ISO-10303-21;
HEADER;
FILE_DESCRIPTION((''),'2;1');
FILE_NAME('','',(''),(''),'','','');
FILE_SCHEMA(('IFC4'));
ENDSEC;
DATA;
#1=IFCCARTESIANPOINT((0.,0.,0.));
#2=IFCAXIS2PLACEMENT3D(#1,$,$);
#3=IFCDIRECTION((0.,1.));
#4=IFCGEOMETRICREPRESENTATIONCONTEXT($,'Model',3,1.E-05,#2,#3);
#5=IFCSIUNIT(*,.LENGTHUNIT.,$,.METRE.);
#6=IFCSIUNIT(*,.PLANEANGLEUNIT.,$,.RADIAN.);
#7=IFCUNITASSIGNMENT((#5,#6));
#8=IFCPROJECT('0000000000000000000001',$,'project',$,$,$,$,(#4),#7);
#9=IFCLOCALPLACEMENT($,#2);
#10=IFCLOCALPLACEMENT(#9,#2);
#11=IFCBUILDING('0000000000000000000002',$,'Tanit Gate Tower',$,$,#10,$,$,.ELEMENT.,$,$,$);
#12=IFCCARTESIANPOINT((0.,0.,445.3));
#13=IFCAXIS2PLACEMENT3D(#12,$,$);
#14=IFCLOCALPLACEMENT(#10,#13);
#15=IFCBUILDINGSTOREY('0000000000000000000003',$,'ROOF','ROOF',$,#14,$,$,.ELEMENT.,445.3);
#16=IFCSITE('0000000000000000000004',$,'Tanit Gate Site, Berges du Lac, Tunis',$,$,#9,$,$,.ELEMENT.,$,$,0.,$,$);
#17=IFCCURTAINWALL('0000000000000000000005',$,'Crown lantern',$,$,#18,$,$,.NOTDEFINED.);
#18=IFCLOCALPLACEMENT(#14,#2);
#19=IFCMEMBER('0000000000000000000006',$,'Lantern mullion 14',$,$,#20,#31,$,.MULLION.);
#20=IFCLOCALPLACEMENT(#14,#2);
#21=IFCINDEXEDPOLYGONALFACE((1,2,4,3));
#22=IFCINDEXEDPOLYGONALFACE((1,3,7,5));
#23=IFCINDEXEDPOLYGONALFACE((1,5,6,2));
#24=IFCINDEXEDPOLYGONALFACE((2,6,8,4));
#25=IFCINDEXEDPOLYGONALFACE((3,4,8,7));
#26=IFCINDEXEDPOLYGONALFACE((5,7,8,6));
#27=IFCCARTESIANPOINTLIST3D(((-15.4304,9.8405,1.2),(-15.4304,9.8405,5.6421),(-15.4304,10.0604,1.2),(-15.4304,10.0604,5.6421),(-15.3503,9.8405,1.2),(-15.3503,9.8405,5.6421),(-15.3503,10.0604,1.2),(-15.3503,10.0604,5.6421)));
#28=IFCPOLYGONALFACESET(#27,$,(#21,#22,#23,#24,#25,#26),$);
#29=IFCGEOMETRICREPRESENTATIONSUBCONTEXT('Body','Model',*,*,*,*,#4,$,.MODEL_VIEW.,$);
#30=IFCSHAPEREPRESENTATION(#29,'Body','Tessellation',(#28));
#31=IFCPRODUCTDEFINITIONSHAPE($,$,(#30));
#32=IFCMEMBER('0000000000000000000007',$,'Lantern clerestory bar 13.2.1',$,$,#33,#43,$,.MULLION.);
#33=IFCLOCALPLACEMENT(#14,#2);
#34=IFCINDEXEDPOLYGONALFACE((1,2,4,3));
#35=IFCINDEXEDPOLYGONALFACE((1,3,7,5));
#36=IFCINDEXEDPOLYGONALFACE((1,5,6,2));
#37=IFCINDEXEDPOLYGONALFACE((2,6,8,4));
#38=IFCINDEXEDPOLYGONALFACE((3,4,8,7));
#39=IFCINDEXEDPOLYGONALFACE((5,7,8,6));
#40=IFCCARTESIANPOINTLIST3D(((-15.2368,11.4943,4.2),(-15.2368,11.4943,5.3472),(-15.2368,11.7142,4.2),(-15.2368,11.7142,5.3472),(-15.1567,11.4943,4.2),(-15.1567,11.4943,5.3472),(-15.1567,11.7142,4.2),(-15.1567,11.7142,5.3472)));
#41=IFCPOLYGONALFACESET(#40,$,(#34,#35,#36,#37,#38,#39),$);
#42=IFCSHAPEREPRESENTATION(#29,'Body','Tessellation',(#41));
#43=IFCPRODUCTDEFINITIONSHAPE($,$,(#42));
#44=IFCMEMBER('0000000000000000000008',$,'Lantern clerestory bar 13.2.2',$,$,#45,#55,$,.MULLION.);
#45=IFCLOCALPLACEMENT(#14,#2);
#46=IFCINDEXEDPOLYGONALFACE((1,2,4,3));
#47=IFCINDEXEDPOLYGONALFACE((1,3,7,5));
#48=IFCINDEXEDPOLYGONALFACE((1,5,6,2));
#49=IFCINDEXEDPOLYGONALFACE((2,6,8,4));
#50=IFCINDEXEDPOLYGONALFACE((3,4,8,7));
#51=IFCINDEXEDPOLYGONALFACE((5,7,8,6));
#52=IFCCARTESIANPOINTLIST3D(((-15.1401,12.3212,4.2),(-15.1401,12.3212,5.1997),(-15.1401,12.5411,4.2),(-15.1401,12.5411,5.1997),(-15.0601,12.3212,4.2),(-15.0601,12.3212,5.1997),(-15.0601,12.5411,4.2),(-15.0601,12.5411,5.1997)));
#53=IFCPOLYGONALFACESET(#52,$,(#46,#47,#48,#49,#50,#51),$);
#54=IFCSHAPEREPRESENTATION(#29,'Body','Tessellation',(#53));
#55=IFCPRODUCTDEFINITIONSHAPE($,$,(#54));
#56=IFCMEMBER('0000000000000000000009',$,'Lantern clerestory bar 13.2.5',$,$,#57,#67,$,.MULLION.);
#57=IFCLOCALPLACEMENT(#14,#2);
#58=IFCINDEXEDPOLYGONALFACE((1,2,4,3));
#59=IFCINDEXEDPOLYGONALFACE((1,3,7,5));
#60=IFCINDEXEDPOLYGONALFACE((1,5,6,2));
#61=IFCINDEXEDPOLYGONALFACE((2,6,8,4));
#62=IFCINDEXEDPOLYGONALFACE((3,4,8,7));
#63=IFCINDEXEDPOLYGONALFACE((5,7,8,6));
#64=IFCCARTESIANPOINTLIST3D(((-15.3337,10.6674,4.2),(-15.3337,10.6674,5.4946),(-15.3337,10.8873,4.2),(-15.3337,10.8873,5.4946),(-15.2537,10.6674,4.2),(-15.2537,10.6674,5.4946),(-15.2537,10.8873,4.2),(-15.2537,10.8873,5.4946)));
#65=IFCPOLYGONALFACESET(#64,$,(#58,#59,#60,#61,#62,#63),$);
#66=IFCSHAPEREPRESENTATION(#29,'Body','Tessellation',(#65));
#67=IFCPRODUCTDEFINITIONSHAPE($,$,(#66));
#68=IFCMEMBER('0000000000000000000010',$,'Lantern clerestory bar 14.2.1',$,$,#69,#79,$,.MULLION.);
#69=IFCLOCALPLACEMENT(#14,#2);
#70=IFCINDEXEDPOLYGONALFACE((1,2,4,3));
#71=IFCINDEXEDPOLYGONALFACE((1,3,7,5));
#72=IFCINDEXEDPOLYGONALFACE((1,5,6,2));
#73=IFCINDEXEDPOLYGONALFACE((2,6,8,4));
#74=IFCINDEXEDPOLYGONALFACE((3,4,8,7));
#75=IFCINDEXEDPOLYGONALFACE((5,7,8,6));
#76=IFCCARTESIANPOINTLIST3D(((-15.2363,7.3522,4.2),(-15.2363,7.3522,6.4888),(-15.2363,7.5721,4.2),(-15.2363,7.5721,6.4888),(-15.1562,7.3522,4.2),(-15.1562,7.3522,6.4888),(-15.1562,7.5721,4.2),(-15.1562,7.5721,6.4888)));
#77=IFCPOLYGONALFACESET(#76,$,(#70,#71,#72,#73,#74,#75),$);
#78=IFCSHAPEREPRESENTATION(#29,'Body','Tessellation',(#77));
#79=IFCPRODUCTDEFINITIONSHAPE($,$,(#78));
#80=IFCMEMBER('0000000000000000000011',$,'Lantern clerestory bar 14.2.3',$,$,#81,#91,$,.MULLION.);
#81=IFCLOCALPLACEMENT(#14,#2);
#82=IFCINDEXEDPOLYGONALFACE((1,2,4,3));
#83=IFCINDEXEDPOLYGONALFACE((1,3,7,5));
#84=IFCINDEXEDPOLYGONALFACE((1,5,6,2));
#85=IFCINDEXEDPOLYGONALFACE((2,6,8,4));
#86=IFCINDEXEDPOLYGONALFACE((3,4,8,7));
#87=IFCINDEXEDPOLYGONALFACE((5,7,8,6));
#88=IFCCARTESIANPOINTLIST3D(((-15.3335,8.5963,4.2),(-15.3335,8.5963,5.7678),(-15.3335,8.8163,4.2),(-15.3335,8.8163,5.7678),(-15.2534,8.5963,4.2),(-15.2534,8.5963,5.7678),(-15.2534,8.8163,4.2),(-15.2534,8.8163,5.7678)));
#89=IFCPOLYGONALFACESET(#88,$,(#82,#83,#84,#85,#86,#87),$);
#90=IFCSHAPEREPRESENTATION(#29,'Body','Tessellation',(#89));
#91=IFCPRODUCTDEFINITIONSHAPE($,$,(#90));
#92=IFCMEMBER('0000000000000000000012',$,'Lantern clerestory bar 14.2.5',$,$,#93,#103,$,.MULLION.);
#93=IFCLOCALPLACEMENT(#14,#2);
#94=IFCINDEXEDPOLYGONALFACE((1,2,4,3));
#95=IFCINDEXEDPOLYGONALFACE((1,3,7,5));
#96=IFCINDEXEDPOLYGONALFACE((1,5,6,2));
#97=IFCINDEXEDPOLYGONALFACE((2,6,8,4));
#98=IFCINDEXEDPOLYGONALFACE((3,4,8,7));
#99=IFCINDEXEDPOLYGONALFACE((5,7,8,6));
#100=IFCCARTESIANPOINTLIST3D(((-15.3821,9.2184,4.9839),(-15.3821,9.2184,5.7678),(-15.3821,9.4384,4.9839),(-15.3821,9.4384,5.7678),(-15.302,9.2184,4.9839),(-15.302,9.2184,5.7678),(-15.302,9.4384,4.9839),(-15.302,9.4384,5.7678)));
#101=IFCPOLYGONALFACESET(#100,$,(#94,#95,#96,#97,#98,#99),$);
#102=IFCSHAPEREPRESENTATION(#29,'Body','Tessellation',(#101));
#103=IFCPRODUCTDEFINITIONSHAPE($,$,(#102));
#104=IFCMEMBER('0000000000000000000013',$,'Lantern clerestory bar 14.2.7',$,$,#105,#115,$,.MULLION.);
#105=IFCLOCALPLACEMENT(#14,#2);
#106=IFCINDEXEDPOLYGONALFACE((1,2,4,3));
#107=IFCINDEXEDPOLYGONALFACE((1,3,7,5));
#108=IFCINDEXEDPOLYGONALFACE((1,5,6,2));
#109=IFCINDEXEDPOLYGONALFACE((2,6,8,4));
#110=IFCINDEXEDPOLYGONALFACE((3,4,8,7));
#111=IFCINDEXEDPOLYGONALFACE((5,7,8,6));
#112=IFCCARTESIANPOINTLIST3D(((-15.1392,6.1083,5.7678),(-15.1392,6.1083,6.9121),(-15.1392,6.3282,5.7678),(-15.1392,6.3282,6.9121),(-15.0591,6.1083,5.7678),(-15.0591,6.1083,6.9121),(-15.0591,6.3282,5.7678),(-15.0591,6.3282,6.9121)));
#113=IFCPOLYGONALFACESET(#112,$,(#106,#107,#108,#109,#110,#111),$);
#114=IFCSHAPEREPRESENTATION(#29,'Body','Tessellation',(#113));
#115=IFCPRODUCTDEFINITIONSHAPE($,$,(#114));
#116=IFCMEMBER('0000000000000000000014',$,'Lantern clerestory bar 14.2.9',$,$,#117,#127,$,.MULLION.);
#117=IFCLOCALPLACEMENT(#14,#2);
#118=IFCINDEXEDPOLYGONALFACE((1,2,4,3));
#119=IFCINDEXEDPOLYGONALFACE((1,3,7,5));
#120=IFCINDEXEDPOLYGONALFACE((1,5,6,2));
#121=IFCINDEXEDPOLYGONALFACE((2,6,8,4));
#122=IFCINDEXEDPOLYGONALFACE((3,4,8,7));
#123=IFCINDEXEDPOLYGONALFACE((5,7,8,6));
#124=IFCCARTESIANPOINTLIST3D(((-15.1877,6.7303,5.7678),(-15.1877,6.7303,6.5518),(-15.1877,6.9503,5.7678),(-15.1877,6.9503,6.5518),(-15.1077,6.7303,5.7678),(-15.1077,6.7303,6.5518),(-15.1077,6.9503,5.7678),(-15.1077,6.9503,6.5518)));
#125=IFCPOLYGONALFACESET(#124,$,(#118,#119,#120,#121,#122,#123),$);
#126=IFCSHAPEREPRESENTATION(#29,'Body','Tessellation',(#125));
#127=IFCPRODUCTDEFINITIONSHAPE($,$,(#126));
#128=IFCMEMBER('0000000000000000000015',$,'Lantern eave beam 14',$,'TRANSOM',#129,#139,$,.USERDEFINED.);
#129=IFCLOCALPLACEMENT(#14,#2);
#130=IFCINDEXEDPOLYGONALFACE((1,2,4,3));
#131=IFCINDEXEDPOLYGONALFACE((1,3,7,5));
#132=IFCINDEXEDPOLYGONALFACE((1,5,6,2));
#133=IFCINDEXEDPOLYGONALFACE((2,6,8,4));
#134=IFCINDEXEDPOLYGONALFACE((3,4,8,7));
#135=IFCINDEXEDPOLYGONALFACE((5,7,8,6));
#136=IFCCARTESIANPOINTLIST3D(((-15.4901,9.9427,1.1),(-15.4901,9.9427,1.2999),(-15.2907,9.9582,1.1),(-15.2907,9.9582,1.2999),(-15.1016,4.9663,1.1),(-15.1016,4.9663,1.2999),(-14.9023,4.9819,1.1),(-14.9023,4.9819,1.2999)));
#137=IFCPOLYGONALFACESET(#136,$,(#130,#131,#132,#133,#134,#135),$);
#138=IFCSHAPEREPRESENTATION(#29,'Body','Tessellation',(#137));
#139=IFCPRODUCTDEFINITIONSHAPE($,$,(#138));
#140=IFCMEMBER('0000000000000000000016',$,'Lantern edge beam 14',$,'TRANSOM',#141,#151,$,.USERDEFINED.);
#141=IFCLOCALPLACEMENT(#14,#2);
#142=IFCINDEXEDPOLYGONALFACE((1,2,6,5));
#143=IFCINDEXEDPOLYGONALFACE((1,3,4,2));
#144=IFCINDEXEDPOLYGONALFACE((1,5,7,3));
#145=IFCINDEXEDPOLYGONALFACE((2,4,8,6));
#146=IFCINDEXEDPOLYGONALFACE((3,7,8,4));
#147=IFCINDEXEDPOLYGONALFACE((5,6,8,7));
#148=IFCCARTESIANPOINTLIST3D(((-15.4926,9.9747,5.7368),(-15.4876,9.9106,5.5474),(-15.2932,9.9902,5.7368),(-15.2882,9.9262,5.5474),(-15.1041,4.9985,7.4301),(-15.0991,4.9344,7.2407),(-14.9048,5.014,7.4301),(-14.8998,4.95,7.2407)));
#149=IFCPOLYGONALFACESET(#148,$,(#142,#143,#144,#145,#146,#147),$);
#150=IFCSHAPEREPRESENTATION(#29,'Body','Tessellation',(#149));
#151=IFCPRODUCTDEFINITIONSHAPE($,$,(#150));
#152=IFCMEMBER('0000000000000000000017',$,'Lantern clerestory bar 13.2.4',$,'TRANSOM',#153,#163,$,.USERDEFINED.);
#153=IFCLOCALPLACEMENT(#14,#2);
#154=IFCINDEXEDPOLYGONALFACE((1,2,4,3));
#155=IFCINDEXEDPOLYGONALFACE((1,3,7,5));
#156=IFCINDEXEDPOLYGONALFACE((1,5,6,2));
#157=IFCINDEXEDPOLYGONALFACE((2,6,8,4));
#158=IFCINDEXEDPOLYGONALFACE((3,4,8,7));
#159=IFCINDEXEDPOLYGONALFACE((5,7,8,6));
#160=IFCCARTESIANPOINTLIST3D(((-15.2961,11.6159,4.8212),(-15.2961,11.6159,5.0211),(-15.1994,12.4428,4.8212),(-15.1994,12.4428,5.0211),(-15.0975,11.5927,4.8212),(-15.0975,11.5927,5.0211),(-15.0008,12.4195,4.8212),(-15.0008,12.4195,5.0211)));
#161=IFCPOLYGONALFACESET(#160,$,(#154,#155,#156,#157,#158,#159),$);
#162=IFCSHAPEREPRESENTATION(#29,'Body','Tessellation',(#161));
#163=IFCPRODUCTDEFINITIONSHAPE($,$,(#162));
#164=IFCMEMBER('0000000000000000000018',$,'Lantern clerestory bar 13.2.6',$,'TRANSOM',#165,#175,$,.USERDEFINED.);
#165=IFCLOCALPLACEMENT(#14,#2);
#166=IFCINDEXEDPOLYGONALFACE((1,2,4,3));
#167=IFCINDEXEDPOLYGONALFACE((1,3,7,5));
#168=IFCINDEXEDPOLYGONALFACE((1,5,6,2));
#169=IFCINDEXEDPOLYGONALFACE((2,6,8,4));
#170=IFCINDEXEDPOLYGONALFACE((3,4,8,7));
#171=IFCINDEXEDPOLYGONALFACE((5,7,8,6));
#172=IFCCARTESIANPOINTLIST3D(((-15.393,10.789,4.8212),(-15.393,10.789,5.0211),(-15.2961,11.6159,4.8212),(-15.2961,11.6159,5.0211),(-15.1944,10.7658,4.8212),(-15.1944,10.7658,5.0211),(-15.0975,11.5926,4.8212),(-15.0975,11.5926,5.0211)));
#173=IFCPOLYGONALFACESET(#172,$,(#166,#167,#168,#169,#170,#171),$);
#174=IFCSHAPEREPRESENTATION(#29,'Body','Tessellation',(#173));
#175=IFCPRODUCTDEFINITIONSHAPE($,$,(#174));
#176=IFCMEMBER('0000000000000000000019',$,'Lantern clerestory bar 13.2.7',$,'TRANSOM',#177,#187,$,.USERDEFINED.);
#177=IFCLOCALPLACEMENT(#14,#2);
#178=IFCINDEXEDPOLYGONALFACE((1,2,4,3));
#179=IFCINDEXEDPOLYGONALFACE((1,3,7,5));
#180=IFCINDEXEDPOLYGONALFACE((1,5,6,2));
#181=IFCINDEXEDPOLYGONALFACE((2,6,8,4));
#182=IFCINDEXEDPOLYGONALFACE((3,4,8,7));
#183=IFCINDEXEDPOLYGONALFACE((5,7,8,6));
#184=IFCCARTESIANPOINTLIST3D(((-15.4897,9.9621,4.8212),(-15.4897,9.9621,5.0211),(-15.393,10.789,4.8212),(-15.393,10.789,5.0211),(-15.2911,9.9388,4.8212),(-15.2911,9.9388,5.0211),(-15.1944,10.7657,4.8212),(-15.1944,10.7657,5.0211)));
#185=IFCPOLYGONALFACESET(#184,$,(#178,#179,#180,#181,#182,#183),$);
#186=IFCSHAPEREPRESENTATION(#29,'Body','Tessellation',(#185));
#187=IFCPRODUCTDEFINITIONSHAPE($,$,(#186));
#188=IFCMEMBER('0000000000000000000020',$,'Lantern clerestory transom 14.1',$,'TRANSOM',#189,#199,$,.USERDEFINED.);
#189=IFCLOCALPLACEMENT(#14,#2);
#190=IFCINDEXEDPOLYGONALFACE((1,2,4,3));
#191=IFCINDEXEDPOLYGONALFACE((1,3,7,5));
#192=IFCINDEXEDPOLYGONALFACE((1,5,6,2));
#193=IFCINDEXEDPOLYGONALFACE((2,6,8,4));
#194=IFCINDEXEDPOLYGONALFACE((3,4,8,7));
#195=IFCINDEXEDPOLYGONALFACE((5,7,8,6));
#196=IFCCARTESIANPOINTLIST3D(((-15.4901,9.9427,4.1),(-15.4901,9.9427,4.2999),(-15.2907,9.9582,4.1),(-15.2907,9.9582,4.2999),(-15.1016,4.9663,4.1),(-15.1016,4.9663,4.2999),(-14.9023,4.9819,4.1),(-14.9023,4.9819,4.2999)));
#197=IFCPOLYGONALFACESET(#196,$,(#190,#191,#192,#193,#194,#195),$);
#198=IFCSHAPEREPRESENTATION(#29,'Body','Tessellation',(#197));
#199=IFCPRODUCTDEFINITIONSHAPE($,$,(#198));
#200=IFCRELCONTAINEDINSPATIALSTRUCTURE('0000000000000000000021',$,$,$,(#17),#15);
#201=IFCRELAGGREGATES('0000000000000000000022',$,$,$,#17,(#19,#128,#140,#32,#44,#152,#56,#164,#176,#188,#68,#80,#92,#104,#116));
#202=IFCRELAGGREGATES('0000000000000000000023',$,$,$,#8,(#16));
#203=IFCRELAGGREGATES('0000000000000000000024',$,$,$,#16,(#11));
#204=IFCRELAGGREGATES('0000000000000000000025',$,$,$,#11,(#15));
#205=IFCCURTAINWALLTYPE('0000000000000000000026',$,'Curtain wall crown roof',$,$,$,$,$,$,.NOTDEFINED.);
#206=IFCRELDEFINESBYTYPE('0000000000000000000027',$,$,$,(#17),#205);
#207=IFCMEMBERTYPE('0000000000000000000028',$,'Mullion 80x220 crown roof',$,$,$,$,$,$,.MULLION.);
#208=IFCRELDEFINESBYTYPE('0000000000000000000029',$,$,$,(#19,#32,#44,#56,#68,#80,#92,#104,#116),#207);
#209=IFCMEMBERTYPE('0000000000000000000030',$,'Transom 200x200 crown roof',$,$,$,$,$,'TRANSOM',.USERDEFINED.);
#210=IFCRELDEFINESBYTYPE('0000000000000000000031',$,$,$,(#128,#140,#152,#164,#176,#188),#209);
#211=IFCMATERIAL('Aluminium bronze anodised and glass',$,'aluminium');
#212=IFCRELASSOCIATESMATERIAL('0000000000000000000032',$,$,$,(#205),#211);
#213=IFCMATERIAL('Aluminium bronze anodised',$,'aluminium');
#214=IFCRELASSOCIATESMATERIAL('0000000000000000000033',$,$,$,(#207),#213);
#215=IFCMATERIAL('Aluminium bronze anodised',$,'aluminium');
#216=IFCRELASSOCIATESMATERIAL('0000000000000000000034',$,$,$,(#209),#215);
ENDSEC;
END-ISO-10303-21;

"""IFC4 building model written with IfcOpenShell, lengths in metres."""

from ifc_helpers import new_model, si_unit, direction, frame, origin, origin_2d, place, context, subcontext, project, spatial, rectangle, extrude, material, material_profile, profile_set, type_object, element, aggregate, save


model = new_model("IFC4")

# Units and contexts
model_context = context("Model", 3, precision=1e-05, world=origin(), true_north=direction((0.0, 1.0)))
body_context = subcontext(model_context, "Body", "Model", "MODEL_VIEW")
ifc_project = project(units=[si_unit("LENGTHUNIT", "METRE"), si_unit("PLANEANGLEUNIT", "RADIAN")], contexts=[model_context])

# Site, building, storey
site_placement = place(None, origin())
site = spatial("IfcSite", under=ifc_project, at=site_placement, Name="Tanit Gate Site, Berges du Lac, Tunis", CompositionType="ELEMENT", RefElevation=0.0)
building_placement = place(site_placement, origin())
building = spatial("IfcBuilding", under=site, at=building_placement, Name="Tanit Gate Tower", CompositionType="ELEMENT")
storey_placement = place(building_placement, frame((0.0, 0.0, 445.3)))
storey = spatial("IfcBuildingStorey", under=building, at=storey_placement, Name="ROOF", Description="ROOF", CompositionType="ELEMENT", Elevation=445.3)

# Curtain wall, members
ifc_material_1 = material(Name="Aluminium bronze anodised and glass", Category="aluminium")
curtain_wall_type = type_object("IfcCurtainWallType", Name="Curtain wall crown roof", PredefinedType="NOTDEFINED", material=ifc_material_1)
curtain_wall_placement = place(storey_placement, origin())
curtain_wall = element("IfcCurtainWall", 1, at=curtain_wall_placement, inside=storey, type_object=curtain_wall_type, Name="Crown lantern", PredefinedType="NOTDEFINED")
ifc_material_2 = material(Name="Aluminium bronze anodised", Category="aluminium")
ifc_material_profile_1 = material_profile(ifc_material_2, rectangle(XDim=0.0801, YDim=0.22, at=origin_2d()), Name="80x220 bronze rafter")
ifc_profile_set_1 = profile_set([ifc_material_profile_1], Name="Aluminium bronze anodised")
member_type_1 = type_object("IfcMemberType", Name="Mullion 80x220 crown roof", PredefinedType="MULLION", material=ifc_profile_set_1)
member_1_placement = place(storey_placement, frame((-15.3904, 9.9504, 1.2), z_axis=(0.0, 0.0, 1.0), x_axis=(1.0, 0.0, 0.0)))
member_1 = element("IfcMember", 2, at=member_1_placement, type_object=member_type_1, Name="Lantern mullion 14", PredefinedType="MULLION", context=body_context, shape_type="SweptSolid", body=[
    extrude(rectangle(XDim=0.0801, YDim=0.22, at=origin_2d()), origin(), (0.0, 0.0, 1.0), 4.4421),
])
member_2_placement = place(storey_placement, frame((-15.1968, 11.6042, 4.2), z_axis=(0.0, 0.0, 1.0), x_axis=(1.0, 0.0, 0.0)))
member_2 = element("IfcMember", 3, at=member_2_placement, type_object=member_type_1, Name="Lantern clerestory bar 13.2.1", PredefinedType="MULLION", context=body_context, shape_type="SweptSolid", body=[
    extrude(rectangle(XDim=0.0801, YDim=0.22, at=origin_2d()), origin(), (0.0, 0.0, 1.0), 1.1472),
])
member_3_placement = place(storey_placement, frame((-15.1001, 12.4312, 4.2), z_axis=(0.0, 0.0, 1.0), x_axis=(1.0, 0.0, 0.0)))
member_3 = element("IfcMember", 4, at=member_3_placement, type_object=member_type_1, Name="Lantern clerestory bar 13.2.2", PredefinedType="MULLION", context=body_context, shape_type="SweptSolid", body=[
    extrude(rectangle(XDim=0.0801, YDim=0.22, at=origin_2d()), origin(), (0.0, 0.0, 1.0), 0.9998),
])
member_4_placement = place(storey_placement, frame((-15.2937, 10.7773, 4.2), z_axis=(0.0, 0.0, 1.0), x_axis=(1.0, 0.0, 0.0)))
member_4 = element("IfcMember", 5, at=member_4_placement, type_object=member_type_1, Name="Lantern clerestory bar 13.2.5", PredefinedType="MULLION", context=body_context, shape_type="SweptSolid", body=[
    extrude(rectangle(XDim=0.0801, YDim=0.22, at=origin_2d()), origin(), (0.0, 0.0, 1.0), 1.2947),
])
member_5_placement = place(storey_placement, frame((-15.1963, 7.4622, 4.2), z_axis=(0.0, 0.0, 1.0), x_axis=(1.0, 0.0, 0.0)))
member_5 = element("IfcMember", 6, at=member_5_placement, type_object=member_type_1, Name="Lantern clerestory bar 14.2.1", PredefinedType="MULLION", context=body_context, shape_type="SweptSolid", body=[
    extrude(rectangle(XDim=0.0801, YDim=0.22, at=origin_2d()), origin(), (0.0, 0.0, 1.0), 2.2888),
])
member_6_placement = place(storey_placement, frame((-15.2935, 8.7063, 4.2), z_axis=(0.0, 0.0, 1.0), x_axis=(1.0, 0.0, 0.0)))
member_6 = element("IfcMember", 7, at=member_6_placement, type_object=member_type_1, Name="Lantern clerestory bar 14.2.3", PredefinedType="MULLION", context=body_context, shape_type="SweptSolid", body=[
    extrude(rectangle(XDim=0.0801, YDim=0.22, at=origin_2d()), origin(), (0.0, 0.0, 1.0), 1.5679),
])
member_7_placement = place(storey_placement, frame((-15.342, 9.3284, 4.9839), z_axis=(0.0, 0.0, 1.0), x_axis=(1.0, 0.0, 0.0)))
member_7 = element("IfcMember", 8, at=member_7_placement, type_object=member_type_1, Name="Lantern clerestory bar 14.2.5", PredefinedType="MULLION", context=body_context, shape_type="SweptSolid", body=[
    extrude(rectangle(XDim=0.0801, YDim=0.22, at=origin_2d()), origin(), (0.0, 0.0, 1.0), 0.7839),
])
member_8_placement = place(storey_placement, frame((-15.0991, 6.2183, 5.7678), z_axis=(0.0, 0.0, 1.0), x_axis=(1.0, 0.0, 0.0)))
member_8 = element("IfcMember", 9, at=member_8_placement, type_object=member_type_1, Name="Lantern clerestory bar 14.2.7", PredefinedType="MULLION", context=body_context, shape_type="SweptSolid", body=[
    extrude(rectangle(XDim=0.0801, YDim=0.22, at=origin_2d()), origin(), (0.0, 0.0, 1.0), 1.1443),
])
member_9_placement = place(storey_placement, frame((-15.1477, 6.8403, 5.7678), z_axis=(0.0, 0.0, 1.0), x_axis=(1.0, 0.0, 0.0)))
member_9 = element("IfcMember", 10, at=member_9_placement, type_object=member_type_1, Name="Lantern clerestory bar 14.2.9", PredefinedType="MULLION", context=body_context, shape_type="SweptSolid", body=[
    extrude(rectangle(XDim=0.0801, YDim=0.22, at=origin_2d()), origin(), (0.0, 0.0, 1.0), 0.7839),
])
ifc_material_3 = material(Name="Aluminium bronze anodised", Category="aluminium")
ifc_material_profile_2 = material_profile(ifc_material_3, rectangle(XDim=0.2, YDim=0.2, at=origin_2d()), Name="200x200 bronze transom")
ifc_profile_set_2 = profile_set([ifc_material_profile_2], Name="Aluminium bronze anodised")
member_type_2 = type_object("IfcMemberType", Name="Transom 200x200 crown roof", ElementType="TRANSOM", PredefinedType="USERDEFINED", material=ifc_profile_set_2)
member_10_placement = place(storey_placement, frame((-15.3904, 9.9504, 1.2), z_axis=(0.077819, -0.996968, 0.0), x_axis=(0.996968, 0.077819, 0.0)))
member_10 = element("IfcMember", 11, at=member_10_placement, type_object=member_type_2, Name="Lantern eave beam 14", ObjectType="TRANSOM", PredefinedType="USERDEFINED", context=body_context, shape_type="SweptSolid", body=[
    extrude(rectangle(XDim=0.2, YDim=0.2, at=origin_2d()), origin(), (0.0, 0.0, 1.0), 4.9915),
])
member_11_placement = place(storey_placement, frame((-15.3904, 9.9504, 5.6421), z_axis=(0.073693, -0.944117, 0.321267), x_axis=(0.996968, 0.077819, 0.0)))
member_11 = element("IfcMember", 12, at=member_11_placement, type_object=member_type_2, Name="Lantern edge beam 14", ObjectType="TRANSOM", PredefinedType="USERDEFINED", context=body_context, shape_type="SweptSolid", body=[
    extrude(rectangle(XDim=0.2, YDim=0.2, at=origin_2d()), origin(), (0.0, 0.0, 1.0), 5.2708),
])
member_12_placement = place(storey_placement, frame((-15.1001, 12.4312, 4.9211), z_axis=(-0.116127, -0.993234, 0.0), x_axis=(0.993234, -0.116127, 0.0)))
member_12 = element("IfcMember", 13, at=member_12_placement, type_object=member_type_2, Name="Lantern clerestory bar 13.2.4", ObjectType="TRANSOM", PredefinedType="USERDEFINED", context=body_context, shape_type="SweptSolid", body=[
    extrude(rectangle(XDim=0.2, YDim=0.2, at=origin_2d()), origin(), (0.0, 0.0, 1.0), 0.8325),
])
member_13_placement = place(storey_placement, frame((-15.1968, 11.6042, 4.9211), z_axis=(-0.116416, -0.993201, 0.0), x_axis=(0.993201, -0.116416, 0.0)))
member_13 = element("IfcMember", 14, at=member_13_placement, type_object=member_type_2, Name="Lantern clerestory bar 13.2.6", ObjectType="TRANSOM", PredefinedType="USERDEFINED", context=body_context, shape_type="SweptSolid", body=[
    extrude(rectangle(XDim=0.2, YDim=0.2, at=origin_2d()), origin(), (0.0, 0.0, 1.0), 0.8325),
])
member_14_placement = place(storey_placement, frame((-15.2937, 10.7773, 4.9211), z_axis=(-0.116127, -0.993234, 0.0), x_axis=(0.993234, -0.116127, 0.0)))
member_14 = element("IfcMember", 15, at=member_14_placement, type_object=member_type_2, Name="Lantern clerestory bar 13.2.7", ObjectType="TRANSOM", PredefinedType="USERDEFINED", context=body_context, shape_type="SweptSolid", body=[
    extrude(rectangle(XDim=0.2, YDim=0.2, at=origin_2d()), origin(), (0.0, 0.0, 1.0), 0.8325),
])
member_15_placement = place(storey_placement, frame((-15.3904, 9.9504, 4.2), z_axis=(0.077819, -0.996968, 0.0), x_axis=(0.996968, 0.077819, 0.0)))
member_15 = element("IfcMember", 16, at=member_15_placement, type_object=member_type_2, Name="Lantern clerestory transom 14.1", ObjectType="TRANSOM", PredefinedType="USERDEFINED", context=body_context, shape_type="SweptSolid", body=[
    extrude(rectangle(XDim=0.2, YDim=0.2, at=origin_2d()), origin(), (0.0, 0.0, 1.0), 4.9915),
])
aggregate(curtain_wall, [member_1, member_10, member_11, member_2, member_3, member_12, member_4, member_13, member_14, member_15, member_5, member_6, member_7, member_8, member_9])

save(model, "model.ifc")
